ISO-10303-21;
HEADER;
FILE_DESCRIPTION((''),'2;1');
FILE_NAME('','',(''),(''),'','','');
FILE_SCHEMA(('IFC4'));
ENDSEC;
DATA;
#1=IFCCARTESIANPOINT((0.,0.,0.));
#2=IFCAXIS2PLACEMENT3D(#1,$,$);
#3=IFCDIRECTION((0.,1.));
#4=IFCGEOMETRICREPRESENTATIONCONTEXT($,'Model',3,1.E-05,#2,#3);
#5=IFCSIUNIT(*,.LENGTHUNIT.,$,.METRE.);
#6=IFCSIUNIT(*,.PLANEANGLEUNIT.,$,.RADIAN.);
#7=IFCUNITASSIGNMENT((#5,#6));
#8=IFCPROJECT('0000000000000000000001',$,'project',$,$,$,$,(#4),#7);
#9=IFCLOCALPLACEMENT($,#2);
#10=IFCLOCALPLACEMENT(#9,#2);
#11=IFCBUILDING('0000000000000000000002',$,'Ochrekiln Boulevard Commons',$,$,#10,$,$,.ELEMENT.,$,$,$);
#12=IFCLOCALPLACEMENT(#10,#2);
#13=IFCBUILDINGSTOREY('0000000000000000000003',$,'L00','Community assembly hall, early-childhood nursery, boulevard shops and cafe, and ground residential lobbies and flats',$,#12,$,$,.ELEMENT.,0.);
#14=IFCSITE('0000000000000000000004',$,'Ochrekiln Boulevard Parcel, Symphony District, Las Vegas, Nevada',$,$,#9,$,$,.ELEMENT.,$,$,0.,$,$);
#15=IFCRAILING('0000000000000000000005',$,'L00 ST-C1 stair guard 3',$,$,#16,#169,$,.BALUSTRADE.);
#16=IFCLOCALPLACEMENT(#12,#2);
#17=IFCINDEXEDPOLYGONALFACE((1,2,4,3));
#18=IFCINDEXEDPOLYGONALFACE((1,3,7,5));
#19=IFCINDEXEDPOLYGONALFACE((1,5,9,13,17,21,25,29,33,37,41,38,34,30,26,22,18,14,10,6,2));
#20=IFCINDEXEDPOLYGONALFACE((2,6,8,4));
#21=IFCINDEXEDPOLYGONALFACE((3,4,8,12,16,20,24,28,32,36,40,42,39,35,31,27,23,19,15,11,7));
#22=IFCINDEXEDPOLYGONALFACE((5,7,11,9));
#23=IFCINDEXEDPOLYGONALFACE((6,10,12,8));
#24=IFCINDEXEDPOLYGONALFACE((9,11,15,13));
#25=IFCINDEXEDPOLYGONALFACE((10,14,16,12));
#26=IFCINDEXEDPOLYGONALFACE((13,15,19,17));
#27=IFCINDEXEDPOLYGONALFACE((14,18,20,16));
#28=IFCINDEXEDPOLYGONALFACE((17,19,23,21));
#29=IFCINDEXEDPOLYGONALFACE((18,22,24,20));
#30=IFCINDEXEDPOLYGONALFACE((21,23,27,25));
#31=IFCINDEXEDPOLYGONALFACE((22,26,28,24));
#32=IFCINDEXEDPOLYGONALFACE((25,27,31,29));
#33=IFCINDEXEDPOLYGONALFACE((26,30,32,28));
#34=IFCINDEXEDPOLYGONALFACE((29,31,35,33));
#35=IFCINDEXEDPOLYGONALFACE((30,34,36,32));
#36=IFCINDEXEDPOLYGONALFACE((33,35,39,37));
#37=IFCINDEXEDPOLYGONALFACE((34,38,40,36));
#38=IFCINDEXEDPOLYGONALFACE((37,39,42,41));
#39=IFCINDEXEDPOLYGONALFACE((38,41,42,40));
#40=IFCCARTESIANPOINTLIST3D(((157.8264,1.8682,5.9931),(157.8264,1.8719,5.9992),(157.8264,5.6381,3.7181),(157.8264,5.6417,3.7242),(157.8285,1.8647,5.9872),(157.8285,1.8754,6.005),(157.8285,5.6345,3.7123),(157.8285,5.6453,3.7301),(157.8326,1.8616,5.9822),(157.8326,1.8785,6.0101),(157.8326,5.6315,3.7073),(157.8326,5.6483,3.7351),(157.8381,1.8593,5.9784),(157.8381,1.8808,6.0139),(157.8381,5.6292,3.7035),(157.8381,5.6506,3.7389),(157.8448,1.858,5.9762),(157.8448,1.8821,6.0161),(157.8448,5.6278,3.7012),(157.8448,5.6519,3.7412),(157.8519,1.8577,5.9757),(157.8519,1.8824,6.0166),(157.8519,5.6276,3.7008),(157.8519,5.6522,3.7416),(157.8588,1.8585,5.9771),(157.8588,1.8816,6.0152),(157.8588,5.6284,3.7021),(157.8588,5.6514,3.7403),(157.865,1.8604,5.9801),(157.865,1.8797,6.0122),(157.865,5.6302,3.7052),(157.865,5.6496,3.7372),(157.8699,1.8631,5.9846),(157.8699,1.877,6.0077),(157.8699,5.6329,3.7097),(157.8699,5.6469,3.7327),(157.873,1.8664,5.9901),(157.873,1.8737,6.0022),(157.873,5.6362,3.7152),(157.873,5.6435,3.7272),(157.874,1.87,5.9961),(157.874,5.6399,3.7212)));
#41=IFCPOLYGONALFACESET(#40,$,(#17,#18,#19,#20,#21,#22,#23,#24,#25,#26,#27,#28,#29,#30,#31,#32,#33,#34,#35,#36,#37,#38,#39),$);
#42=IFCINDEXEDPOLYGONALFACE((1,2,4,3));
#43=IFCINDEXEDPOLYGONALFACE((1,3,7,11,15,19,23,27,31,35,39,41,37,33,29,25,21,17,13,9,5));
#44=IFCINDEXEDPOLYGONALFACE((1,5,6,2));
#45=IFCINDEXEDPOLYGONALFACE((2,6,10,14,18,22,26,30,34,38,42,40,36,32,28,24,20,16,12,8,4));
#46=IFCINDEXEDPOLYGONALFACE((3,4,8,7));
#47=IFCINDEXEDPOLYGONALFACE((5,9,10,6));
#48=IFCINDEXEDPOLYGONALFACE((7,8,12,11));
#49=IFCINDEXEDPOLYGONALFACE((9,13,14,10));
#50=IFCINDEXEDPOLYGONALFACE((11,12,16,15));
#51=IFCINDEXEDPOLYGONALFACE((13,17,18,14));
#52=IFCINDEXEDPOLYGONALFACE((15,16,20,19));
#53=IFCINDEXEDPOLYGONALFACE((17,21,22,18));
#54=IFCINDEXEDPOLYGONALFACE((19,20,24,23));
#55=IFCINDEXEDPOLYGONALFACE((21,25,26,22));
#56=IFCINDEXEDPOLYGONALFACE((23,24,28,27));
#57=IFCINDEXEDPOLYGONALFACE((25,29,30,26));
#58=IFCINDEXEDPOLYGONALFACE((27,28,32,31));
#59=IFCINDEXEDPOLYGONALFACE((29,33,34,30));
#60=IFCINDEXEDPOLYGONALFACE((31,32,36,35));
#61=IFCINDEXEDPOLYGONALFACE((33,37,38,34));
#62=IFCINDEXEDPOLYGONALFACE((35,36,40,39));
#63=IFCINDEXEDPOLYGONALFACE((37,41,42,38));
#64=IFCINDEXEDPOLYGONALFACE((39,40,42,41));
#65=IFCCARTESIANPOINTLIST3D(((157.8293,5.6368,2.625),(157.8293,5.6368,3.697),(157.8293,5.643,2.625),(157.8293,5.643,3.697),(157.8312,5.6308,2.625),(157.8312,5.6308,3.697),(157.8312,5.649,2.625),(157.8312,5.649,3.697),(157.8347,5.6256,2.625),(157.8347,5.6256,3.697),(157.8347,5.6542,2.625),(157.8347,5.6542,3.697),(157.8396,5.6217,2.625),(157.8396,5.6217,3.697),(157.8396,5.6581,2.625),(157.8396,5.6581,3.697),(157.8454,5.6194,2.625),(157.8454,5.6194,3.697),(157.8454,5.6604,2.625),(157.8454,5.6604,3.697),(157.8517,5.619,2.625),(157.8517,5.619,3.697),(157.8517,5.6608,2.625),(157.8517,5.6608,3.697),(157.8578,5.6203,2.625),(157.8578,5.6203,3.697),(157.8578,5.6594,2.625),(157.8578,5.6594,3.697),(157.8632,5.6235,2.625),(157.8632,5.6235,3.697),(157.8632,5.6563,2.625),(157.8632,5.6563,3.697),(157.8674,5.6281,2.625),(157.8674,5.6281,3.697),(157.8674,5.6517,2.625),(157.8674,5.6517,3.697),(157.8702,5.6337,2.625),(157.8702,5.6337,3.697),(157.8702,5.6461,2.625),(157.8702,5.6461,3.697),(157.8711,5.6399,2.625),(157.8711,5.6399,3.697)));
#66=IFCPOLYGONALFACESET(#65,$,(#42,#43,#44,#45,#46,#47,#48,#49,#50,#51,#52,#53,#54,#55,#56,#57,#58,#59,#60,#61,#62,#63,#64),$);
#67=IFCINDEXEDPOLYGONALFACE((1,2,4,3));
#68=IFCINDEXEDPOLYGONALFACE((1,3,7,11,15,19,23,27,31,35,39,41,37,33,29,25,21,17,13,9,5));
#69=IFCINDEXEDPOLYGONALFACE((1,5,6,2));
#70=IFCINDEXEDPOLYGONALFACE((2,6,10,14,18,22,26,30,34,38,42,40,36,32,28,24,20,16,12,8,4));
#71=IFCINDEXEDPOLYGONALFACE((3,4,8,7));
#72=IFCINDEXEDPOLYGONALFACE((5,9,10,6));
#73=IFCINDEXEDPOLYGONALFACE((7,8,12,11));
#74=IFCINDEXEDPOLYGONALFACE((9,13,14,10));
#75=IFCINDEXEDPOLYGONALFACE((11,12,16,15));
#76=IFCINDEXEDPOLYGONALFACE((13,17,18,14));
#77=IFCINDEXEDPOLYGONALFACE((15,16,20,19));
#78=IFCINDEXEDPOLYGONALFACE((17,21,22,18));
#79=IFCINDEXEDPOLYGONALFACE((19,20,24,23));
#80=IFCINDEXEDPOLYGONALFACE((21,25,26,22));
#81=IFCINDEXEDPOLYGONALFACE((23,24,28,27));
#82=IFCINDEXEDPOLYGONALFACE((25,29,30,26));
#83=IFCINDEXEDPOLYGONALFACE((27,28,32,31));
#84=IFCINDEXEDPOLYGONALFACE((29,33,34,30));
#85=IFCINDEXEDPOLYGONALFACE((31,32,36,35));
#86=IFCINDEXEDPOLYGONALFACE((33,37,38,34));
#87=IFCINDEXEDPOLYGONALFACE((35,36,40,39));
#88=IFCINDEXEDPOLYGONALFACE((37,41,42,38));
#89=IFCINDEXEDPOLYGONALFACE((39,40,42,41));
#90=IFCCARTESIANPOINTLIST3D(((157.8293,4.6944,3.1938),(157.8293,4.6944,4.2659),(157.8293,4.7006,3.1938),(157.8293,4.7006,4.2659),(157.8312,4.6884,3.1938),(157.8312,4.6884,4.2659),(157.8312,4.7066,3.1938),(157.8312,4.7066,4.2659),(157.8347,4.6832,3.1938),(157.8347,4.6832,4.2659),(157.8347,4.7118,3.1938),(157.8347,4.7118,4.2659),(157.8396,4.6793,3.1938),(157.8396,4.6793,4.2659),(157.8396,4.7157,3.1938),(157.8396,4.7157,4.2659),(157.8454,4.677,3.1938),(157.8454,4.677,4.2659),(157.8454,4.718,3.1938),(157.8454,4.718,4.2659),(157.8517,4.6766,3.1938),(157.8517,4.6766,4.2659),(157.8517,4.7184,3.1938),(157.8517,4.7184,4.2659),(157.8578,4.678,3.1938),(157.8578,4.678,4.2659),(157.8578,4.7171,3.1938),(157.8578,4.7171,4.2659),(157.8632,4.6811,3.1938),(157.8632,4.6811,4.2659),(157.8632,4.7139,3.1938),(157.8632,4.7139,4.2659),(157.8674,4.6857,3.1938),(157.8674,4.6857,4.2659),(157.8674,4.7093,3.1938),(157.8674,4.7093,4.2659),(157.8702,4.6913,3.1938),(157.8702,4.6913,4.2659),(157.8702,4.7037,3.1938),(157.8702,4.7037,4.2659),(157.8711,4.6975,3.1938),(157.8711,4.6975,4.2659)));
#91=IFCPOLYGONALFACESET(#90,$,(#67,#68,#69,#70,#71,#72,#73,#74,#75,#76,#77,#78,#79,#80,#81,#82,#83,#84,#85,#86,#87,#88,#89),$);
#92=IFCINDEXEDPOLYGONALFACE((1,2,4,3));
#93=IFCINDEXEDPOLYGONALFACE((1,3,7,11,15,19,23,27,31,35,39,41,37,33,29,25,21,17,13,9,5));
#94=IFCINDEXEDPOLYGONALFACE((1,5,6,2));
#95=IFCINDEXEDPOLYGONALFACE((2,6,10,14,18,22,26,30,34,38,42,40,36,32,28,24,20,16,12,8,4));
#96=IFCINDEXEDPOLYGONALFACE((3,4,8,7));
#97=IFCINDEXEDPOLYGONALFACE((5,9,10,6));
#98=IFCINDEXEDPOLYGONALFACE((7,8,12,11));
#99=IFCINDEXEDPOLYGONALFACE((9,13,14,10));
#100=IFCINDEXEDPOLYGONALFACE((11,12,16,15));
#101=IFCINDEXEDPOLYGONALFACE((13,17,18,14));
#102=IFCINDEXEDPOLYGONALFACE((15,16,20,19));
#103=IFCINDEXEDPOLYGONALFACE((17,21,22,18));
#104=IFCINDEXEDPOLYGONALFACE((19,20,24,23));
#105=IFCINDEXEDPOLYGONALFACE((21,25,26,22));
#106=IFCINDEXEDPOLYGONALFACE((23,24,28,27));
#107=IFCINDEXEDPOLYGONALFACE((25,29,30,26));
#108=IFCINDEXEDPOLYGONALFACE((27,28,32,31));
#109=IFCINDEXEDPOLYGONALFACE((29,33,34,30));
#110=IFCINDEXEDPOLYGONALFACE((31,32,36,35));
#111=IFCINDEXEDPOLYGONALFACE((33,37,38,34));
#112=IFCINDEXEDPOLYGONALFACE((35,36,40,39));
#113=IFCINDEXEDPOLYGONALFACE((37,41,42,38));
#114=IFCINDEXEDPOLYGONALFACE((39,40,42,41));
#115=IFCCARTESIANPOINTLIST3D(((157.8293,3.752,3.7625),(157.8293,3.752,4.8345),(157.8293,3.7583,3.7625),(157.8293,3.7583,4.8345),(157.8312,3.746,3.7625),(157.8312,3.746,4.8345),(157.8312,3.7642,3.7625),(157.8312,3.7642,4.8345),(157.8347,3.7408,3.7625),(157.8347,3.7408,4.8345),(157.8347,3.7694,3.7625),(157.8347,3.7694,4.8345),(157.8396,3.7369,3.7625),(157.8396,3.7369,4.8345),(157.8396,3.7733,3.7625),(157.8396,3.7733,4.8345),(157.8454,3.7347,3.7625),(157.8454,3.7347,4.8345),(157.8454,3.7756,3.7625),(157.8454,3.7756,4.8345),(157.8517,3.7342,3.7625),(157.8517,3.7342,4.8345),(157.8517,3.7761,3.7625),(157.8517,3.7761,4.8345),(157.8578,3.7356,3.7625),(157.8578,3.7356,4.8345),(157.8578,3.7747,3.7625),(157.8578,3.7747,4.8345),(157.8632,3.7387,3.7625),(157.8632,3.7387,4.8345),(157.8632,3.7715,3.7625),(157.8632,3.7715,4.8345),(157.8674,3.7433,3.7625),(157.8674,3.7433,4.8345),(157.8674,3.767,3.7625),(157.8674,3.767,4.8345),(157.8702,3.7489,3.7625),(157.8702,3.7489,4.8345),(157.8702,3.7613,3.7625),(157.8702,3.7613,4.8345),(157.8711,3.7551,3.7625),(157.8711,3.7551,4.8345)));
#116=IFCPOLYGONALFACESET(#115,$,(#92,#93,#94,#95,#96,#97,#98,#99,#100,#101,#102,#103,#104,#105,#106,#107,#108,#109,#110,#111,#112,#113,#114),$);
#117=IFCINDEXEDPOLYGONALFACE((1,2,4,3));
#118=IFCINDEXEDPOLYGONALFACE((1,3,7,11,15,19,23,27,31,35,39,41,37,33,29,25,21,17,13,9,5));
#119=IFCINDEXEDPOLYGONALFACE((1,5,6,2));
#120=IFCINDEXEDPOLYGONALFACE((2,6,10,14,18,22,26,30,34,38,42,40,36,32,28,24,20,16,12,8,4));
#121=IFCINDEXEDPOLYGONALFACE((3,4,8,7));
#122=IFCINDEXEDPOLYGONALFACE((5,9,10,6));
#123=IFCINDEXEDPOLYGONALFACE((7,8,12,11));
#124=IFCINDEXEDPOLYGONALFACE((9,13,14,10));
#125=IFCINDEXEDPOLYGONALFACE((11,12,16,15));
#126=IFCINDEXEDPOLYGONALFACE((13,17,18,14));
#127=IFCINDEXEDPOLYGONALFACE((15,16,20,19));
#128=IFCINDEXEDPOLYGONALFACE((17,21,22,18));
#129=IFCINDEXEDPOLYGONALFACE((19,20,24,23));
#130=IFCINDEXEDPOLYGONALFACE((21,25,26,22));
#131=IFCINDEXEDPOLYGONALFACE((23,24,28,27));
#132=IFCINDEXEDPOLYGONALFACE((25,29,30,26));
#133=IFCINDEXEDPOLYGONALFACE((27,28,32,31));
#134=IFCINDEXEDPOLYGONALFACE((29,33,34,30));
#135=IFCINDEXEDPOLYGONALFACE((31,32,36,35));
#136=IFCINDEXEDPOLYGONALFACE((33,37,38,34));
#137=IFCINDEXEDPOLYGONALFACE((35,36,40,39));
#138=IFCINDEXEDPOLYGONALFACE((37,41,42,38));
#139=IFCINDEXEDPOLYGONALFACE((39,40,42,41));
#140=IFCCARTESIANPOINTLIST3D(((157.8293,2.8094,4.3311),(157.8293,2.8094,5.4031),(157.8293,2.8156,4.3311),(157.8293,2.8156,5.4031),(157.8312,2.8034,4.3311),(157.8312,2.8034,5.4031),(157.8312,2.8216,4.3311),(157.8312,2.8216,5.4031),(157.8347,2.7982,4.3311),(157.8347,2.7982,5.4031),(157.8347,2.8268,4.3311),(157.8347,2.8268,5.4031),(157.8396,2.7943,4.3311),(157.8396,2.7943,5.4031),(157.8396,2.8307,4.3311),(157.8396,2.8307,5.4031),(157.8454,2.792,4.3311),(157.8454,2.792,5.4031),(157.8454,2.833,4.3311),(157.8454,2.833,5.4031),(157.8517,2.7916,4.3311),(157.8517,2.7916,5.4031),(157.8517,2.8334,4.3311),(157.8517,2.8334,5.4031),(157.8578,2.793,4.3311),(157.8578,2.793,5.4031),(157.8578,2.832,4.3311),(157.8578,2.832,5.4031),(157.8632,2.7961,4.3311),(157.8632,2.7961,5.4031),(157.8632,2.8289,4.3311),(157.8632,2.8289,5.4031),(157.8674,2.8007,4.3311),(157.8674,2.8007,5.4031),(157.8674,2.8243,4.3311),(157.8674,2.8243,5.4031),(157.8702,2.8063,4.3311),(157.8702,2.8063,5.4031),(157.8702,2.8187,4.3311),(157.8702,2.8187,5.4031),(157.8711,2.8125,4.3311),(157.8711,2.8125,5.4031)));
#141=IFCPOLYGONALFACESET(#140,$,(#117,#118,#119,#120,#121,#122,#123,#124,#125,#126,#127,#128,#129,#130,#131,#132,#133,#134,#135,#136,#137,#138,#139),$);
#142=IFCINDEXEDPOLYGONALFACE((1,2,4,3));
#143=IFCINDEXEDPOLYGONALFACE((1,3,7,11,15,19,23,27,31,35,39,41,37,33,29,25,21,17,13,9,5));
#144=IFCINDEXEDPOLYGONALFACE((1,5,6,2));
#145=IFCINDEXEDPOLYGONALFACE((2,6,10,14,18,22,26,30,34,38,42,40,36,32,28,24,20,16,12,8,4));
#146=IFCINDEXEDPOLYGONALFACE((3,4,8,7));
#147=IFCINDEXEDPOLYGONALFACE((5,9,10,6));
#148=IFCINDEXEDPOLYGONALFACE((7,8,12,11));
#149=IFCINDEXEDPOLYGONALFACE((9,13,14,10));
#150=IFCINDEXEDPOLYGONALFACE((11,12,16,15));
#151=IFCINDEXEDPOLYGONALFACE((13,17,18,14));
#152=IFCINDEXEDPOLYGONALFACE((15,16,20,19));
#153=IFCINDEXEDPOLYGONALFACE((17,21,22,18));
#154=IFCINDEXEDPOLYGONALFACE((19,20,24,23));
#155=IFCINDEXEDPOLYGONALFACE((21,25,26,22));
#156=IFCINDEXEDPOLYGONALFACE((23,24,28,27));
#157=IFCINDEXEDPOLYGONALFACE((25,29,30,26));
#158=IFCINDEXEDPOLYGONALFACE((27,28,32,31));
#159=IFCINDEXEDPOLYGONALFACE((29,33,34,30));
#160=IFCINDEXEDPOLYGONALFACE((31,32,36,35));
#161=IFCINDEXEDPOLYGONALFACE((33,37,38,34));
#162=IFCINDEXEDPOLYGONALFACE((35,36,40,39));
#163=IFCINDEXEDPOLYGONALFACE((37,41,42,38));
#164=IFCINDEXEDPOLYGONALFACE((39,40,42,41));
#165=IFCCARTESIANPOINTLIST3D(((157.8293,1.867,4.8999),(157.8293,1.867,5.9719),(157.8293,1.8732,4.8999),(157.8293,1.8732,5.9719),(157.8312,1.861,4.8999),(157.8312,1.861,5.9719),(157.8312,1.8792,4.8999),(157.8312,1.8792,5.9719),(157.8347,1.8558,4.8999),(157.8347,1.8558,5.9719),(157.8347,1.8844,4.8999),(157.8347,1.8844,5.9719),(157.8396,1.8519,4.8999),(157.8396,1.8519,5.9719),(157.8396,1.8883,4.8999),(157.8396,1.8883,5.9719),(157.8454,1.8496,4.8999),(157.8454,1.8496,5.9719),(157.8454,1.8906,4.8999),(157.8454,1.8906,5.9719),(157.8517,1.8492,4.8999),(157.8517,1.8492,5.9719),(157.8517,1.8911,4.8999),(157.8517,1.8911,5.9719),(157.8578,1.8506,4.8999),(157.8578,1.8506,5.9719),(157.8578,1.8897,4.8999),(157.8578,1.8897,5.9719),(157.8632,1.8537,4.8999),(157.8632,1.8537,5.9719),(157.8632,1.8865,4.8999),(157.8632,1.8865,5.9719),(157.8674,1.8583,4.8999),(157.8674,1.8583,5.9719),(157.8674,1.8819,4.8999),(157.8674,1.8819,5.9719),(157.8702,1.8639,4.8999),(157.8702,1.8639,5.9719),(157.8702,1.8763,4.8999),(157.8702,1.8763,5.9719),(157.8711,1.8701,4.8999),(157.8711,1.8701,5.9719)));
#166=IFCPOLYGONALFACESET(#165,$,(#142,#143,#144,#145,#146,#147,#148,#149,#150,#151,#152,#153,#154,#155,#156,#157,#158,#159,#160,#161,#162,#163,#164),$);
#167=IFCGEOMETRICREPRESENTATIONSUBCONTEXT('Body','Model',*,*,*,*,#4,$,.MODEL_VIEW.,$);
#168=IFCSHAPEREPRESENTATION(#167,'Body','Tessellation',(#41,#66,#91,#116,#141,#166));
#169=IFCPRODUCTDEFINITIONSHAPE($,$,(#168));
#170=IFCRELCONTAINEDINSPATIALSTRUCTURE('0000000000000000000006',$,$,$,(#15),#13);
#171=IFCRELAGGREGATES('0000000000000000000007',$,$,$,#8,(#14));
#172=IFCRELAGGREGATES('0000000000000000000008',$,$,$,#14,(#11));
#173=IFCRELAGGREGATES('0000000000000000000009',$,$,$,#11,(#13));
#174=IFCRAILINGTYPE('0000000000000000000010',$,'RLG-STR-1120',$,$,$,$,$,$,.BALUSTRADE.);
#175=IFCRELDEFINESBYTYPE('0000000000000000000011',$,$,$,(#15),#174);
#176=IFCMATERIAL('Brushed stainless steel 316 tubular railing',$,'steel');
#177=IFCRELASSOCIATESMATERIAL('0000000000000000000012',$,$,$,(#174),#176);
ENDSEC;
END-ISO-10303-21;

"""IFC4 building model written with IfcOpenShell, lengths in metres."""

from ifc_helpers import new_model, si_unit, direction, frame, origin, origin_2d, place, context, subcontext, project, spatial, circle, extrude, material, type_object, element, save


model = new_model("IFC4")

# Units and contexts
model_context = context("Model", 3, precision=1e-05, world=origin(), true_north=direction((0.0, 1.0)))
body_context = subcontext(model_context, "Body", "Model", "MODEL_VIEW")
ifc_project = project(units=[si_unit("LENGTHUNIT", "METRE"), si_unit("PLANEANGLEUNIT", "RADIAN")], contexts=[model_context])

# Site, building, storey
site_placement = place(None, origin())
site = spatial("IfcSite", under=ifc_project, at=site_placement, Name="Ochrekiln Boulevard Parcel, Symphony District, Las Vegas, Nevada", CompositionType="ELEMENT", RefElevation=0.0)
building_placement = place(site_placement, origin())
building = spatial("IfcBuilding", under=site, at=building_placement, Name="Ochrekiln Boulevard Commons", CompositionType="ELEMENT")
storey_placement = place(building_placement, origin())
storey = spatial("IfcBuildingStorey", under=building, at=storey_placement, Name="L00", Description="Community assembly hall, early-childhood nursery, boulevard shops and cafe, and ground residential lobbies and flats", CompositionType="ELEMENT", Elevation=0.0)

# Railing
ifc_material_1 = material(Name="Brushed stainless steel 316 tubular railing", Category="steel")
railing_type_1 = type_object("IfcRailingType", Name="RLG-STR-1120", PredefinedType="BALUSTRADE", material=ifc_material_1)
railing_1_placement = place(storey_placement, frame((157.8501, 5.6399, 2.625)))
element("IfcRailing", 1, at=railing_1_placement, inside=storey, type_object=railing_type_1, Name="L00 ST-C1 stair guard 3", PredefinedType="BALUSTRADE", context=body_context, shape_type="SweptSolid", body=[
    extrude(circle(Radius=0.0239, at=origin_2d()), frame((0.0, 0.0, 1.0962), z_axis=(0.0, -0.856184, 0.516671), x_axis=(1.0, 0.0, 0.0)), (0.0, 0.0, 1.0), 4.4031),
    extrude(circle(Radius=0.021, at=origin_2d()), origin(), (0.0, 0.0, 1.0), 1.072),
    extrude(circle(Radius=0.021, at=origin_2d()), frame((0.0, -0.9424, 0.5688)), (0.0, 0.0, 1.0), 1.072),
    extrude(circle(Radius=0.021, at=origin_2d()), frame((0.0, -1.8848, 1.1375)), (0.0, 0.0, 1.0), 1.072),
    extrude(circle(Radius=0.021, at=origin_2d()), frame((0.0, -2.8274, 1.7061)), (0.0, 0.0, 1.0), 1.072),
    extrude(circle(Radius=0.021, at=origin_2d()), frame((0.0, -3.7698, 2.2749)), (0.0, 0.0, 1.0), 1.072),
])

save(model, "model.ifc")
